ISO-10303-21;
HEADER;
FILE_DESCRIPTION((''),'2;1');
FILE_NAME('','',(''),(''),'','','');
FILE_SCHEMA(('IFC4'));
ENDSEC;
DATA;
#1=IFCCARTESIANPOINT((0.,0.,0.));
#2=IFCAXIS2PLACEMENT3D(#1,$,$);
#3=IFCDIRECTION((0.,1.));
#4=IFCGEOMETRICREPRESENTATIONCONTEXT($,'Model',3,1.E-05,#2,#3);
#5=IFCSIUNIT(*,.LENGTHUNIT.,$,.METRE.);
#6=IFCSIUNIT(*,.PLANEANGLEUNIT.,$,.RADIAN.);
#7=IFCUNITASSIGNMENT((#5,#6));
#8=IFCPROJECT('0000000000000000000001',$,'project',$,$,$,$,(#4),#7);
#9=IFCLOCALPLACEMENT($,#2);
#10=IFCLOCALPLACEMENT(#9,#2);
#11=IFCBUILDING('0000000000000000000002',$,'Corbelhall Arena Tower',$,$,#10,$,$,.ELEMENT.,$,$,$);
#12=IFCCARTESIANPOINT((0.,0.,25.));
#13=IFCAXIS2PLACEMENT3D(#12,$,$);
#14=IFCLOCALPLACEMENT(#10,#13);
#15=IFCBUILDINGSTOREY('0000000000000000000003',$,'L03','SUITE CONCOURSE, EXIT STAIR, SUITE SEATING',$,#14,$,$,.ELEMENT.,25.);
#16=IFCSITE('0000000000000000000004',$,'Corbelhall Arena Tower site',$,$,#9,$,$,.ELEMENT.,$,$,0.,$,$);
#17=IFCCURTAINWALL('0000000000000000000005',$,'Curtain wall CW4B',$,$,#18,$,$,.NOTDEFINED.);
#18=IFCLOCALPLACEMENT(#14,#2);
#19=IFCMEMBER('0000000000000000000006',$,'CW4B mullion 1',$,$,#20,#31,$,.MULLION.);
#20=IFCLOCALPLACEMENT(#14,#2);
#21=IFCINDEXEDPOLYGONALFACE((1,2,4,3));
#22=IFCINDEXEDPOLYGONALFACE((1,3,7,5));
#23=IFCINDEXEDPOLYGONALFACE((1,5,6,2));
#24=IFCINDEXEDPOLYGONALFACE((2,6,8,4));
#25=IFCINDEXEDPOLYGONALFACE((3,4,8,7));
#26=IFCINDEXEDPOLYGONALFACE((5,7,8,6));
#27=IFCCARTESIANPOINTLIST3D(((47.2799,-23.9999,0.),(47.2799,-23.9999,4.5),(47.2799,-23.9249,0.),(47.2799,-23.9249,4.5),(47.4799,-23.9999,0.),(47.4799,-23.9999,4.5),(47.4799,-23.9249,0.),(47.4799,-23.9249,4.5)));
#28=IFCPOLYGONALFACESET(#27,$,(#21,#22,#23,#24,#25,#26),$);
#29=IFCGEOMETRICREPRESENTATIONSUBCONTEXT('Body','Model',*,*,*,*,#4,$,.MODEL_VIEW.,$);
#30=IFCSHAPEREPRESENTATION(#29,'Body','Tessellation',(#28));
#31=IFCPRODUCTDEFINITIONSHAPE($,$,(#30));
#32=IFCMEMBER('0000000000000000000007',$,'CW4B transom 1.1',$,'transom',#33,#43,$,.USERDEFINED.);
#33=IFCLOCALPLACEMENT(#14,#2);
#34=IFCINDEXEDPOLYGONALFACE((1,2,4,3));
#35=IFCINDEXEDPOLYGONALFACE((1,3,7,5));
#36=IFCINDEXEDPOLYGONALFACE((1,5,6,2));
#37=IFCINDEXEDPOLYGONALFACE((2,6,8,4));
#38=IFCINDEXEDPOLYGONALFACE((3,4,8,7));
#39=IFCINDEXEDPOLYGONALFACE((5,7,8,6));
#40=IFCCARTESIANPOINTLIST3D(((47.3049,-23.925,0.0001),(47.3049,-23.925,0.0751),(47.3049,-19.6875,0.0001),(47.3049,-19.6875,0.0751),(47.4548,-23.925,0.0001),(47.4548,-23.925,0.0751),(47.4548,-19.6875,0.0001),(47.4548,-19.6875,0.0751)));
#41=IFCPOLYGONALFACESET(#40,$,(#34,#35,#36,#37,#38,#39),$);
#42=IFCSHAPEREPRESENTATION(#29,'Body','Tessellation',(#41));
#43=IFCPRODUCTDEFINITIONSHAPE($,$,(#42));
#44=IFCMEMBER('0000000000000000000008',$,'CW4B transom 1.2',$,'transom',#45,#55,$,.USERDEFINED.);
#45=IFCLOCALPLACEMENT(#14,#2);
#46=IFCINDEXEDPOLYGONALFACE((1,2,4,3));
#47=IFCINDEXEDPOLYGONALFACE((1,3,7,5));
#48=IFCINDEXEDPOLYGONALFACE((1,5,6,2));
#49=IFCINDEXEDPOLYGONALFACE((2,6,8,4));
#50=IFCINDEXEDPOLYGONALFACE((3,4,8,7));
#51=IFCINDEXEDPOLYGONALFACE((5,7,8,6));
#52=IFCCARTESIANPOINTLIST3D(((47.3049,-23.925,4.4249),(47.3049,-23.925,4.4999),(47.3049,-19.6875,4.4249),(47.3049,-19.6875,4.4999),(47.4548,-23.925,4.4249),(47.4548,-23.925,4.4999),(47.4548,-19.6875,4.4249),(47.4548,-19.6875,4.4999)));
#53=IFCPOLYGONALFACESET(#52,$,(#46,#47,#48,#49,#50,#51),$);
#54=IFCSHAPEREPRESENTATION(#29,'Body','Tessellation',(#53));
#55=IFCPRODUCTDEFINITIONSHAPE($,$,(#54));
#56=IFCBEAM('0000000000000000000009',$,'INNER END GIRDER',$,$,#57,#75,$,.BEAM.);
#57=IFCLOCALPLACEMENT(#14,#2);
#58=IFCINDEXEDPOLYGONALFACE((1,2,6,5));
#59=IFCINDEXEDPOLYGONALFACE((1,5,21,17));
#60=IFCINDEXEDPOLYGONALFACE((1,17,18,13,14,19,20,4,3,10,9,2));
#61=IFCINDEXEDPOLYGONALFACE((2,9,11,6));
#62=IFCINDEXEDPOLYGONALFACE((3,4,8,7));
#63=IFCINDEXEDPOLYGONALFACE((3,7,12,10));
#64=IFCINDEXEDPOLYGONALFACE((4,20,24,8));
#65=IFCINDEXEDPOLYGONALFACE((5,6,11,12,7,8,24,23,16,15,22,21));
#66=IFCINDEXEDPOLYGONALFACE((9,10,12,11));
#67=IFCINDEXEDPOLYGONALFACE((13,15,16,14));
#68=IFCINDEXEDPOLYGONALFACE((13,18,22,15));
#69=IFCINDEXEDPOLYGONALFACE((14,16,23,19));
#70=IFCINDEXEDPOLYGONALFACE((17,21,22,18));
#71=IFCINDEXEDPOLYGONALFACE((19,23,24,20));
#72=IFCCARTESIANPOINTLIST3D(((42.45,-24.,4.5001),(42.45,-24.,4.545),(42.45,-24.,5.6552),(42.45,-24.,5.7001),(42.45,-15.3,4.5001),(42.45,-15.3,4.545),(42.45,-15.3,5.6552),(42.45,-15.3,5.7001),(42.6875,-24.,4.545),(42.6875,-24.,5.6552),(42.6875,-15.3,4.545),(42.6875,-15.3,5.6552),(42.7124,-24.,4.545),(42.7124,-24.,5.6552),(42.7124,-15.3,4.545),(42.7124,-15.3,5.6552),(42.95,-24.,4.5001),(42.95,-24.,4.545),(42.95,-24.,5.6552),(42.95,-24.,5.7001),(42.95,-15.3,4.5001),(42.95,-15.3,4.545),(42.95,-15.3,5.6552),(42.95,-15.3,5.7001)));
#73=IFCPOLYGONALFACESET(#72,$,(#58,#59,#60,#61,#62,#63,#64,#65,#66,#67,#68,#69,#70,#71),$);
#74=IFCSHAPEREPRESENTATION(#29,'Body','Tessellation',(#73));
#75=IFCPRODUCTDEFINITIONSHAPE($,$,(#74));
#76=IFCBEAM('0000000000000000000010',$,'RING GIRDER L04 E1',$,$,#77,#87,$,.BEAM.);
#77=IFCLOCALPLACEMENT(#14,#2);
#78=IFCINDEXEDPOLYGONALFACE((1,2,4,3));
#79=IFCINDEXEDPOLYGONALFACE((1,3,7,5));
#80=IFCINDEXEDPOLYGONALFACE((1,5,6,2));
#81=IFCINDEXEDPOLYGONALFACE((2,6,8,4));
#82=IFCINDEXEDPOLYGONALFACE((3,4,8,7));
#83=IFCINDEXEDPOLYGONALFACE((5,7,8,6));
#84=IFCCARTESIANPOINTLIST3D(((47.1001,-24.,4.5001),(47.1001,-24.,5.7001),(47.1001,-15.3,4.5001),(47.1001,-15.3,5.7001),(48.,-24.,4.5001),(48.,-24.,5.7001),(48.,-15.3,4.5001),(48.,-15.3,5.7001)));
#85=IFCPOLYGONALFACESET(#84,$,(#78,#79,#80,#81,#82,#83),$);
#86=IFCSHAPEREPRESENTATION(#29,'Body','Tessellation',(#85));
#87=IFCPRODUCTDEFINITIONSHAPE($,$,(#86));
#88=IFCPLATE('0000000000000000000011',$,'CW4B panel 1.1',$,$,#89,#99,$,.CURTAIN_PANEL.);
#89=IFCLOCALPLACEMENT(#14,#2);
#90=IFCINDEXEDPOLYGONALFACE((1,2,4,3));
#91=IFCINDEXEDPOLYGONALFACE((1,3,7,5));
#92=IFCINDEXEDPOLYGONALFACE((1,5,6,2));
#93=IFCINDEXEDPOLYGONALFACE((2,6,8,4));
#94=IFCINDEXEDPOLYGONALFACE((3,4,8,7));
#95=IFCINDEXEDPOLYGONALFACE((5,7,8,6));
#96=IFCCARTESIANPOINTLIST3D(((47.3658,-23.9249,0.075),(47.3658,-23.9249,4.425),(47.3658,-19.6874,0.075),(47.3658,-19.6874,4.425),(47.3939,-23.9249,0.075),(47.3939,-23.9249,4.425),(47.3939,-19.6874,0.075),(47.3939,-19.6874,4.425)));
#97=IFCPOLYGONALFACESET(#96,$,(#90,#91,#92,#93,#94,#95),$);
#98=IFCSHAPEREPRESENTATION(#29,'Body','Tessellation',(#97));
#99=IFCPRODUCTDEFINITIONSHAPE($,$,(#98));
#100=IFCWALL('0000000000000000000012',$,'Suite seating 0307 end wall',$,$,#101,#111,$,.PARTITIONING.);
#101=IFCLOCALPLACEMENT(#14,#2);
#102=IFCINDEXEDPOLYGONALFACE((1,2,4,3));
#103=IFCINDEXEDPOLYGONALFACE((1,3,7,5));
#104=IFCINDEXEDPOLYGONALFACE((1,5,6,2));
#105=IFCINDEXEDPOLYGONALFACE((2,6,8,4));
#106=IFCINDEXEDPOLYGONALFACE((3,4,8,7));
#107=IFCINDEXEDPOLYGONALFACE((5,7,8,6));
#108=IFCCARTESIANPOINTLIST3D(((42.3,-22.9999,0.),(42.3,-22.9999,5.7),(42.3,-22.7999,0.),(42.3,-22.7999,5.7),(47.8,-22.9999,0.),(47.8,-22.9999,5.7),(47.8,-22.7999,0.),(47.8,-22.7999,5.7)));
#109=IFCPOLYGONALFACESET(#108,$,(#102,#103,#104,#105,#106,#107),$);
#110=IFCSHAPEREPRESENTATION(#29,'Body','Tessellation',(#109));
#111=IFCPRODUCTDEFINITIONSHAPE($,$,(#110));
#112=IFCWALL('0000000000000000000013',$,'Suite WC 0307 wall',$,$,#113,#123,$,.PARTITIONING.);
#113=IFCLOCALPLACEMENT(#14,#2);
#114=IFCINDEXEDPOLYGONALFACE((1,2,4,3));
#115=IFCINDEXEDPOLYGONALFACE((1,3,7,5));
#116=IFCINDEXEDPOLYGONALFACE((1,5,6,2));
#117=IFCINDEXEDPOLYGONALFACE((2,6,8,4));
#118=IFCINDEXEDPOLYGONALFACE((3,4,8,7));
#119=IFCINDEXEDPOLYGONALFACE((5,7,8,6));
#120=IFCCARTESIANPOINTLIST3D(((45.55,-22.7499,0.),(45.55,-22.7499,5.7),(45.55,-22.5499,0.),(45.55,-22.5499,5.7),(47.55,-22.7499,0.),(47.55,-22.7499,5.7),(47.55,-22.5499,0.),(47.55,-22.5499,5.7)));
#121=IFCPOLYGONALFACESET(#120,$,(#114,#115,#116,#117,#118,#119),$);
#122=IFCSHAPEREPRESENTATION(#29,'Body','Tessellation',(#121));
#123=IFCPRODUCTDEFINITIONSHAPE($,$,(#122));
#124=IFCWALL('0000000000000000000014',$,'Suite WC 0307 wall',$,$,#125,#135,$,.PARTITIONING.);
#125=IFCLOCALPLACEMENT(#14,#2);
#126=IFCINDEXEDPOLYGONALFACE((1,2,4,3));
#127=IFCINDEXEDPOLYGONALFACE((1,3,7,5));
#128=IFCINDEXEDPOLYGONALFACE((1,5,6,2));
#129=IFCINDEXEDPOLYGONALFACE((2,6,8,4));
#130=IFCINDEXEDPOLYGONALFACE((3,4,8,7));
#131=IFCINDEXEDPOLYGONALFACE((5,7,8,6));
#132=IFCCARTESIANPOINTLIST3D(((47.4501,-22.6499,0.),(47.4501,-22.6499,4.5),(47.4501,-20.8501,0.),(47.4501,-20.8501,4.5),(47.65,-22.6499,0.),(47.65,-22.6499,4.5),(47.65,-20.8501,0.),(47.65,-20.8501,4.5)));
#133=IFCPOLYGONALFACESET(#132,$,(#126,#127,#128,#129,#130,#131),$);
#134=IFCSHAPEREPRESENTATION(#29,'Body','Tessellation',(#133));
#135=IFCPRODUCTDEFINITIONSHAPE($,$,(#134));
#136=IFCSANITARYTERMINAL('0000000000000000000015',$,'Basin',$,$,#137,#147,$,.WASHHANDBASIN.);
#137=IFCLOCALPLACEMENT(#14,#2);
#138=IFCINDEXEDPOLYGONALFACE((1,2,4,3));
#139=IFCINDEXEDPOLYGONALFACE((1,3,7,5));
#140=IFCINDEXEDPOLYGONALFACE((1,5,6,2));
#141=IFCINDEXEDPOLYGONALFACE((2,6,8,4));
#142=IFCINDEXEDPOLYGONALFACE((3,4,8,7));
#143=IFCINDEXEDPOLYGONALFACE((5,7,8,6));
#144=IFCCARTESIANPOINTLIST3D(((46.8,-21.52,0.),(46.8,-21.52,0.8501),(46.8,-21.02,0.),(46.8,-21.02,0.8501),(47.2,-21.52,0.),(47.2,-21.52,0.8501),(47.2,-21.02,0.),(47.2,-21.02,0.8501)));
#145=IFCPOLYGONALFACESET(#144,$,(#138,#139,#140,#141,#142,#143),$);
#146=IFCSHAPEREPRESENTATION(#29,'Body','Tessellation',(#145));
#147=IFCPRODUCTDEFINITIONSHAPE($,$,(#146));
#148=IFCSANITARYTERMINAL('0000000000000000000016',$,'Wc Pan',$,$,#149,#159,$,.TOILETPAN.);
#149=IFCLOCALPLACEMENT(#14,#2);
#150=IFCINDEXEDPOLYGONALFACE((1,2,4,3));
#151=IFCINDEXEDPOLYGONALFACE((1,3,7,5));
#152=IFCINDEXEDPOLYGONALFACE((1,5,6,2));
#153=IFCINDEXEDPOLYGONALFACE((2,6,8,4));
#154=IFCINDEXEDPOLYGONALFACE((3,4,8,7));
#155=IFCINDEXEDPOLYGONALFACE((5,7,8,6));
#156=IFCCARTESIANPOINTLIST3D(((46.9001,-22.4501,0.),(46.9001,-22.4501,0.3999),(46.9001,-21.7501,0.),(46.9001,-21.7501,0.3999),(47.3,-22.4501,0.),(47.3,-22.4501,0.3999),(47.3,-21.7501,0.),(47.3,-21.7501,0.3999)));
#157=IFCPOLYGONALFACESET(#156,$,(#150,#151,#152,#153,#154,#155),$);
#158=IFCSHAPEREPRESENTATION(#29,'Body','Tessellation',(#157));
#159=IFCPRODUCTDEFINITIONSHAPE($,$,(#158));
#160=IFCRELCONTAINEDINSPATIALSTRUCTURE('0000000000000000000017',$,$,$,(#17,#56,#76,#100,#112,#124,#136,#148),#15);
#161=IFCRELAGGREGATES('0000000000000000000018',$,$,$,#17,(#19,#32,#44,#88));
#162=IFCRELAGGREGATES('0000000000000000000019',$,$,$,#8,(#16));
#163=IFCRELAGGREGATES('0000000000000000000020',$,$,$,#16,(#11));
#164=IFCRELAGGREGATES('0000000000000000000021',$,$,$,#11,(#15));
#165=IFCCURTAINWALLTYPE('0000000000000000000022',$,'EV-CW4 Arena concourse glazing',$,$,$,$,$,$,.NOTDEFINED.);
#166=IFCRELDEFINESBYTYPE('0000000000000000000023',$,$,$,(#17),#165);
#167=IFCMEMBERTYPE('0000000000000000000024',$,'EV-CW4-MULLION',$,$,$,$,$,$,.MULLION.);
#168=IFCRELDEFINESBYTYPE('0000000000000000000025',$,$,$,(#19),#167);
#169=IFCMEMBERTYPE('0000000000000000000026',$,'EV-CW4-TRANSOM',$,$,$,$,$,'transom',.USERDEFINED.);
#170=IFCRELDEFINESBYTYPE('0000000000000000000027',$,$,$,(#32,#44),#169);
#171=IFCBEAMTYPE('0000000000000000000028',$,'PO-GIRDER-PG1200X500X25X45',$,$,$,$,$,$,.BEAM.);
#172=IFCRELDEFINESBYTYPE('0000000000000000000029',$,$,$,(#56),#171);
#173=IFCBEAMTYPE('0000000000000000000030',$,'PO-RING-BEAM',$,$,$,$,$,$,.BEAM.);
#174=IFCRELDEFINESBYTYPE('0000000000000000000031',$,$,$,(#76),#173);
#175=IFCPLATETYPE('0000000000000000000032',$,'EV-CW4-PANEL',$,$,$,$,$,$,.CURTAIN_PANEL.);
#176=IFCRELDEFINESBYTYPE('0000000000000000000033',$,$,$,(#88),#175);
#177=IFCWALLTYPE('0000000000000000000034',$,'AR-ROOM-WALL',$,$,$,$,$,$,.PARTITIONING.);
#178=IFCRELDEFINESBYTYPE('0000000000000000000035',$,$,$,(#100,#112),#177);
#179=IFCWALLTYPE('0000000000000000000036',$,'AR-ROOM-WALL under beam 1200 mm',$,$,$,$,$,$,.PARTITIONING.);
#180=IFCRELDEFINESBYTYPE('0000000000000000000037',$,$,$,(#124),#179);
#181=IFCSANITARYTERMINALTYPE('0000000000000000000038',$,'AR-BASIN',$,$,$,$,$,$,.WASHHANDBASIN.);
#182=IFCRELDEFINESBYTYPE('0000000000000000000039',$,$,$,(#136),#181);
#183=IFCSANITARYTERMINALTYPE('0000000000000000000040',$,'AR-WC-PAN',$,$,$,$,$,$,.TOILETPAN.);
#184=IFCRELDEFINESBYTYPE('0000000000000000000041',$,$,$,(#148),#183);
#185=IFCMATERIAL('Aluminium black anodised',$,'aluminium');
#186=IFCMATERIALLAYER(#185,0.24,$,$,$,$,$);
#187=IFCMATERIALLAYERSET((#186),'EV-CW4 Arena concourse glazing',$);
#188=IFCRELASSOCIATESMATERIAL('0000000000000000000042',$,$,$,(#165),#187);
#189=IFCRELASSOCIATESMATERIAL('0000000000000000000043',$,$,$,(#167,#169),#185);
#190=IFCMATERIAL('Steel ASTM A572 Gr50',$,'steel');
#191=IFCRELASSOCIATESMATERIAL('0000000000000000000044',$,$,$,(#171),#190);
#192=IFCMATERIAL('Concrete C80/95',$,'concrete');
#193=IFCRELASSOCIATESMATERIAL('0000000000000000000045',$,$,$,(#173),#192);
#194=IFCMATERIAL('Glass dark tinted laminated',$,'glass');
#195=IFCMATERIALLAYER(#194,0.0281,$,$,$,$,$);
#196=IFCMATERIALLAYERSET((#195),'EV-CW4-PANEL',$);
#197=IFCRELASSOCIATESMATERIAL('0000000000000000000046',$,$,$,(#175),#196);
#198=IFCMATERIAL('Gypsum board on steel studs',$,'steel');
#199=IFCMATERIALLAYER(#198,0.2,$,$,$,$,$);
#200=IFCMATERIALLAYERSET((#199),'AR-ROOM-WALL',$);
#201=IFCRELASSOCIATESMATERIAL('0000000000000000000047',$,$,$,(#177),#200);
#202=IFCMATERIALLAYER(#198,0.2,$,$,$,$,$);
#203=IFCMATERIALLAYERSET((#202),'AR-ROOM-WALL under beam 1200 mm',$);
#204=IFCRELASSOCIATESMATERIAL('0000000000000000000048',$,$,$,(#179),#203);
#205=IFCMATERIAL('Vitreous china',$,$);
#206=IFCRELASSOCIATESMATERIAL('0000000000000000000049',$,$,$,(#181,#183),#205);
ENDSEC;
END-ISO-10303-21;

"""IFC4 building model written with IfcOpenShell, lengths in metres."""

from ifc_helpers import new_model, si_unit, direction, frame, frame_2d, origin, origin_2d, place, context, subcontext, project, spatial, rectangle, i_section, extrude, material, layer, layer_set, material_profile, profile_set, type_object, element, aggregate, save


model = new_model("IFC4")

# Units and contexts
model_context = context("Model", 3, precision=1e-05, world=origin(), true_north=direction((0.0, 1.0)))
body_context = subcontext(model_context, "Body", "Model", "MODEL_VIEW")
ifc_project = project(units=[si_unit("LENGTHUNIT", "METRE"), si_unit("PLANEANGLEUNIT", "RADIAN")], contexts=[model_context])

# Site, building, storey
site_placement = place(None, origin())
site = spatial("IfcSite", under=ifc_project, at=site_placement, Name="Corbelhall Arena Tower site", CompositionType="ELEMENT", RefElevation=0.0)
building_placement = place(site_placement, origin())
building = spatial("IfcBuilding", under=site, at=building_placement, Name="Corbelhall Arena Tower", CompositionType="ELEMENT")
storey_placement = place(building_placement, frame((0.0, 0.0, 25.0)))
storey = spatial("IfcBuildingStorey", under=building, at=storey_placement, Name="L03", Description="SUITE CONCOURSE, EXIT STAIR, SUITE SEATING", CompositionType="ELEMENT", Elevation=25.0)

# Curtain wall, members
ifc_material_1 = material(Name="Aluminium black anodised", Category="aluminium")
ifc_layer_1 = layer(ifc_material_1, 0.24)
ifc_layer_set_1 = layer_set([ifc_layer_1], Name="EV-CW4 Arena concourse glazing")
curtain_wall_type = type_object("IfcCurtainWallType", Name="EV-CW4 Arena concourse glazing", PredefinedType="NOTDEFINED", material=ifc_layer_set_1)
curtain_wall_placement = place(storey_placement, origin())
curtain_wall = element("IfcCurtainWall", 1, at=curtain_wall_placement, inside=storey, type_object=curtain_wall_type, Name="Curtain wall CW4B", PredefinedType="NOTDEFINED")
ifc_material_profile_1 = material_profile(ifc_material_1, rectangle(XDim=0.2, YDim=0.075, at=origin_2d()))
ifc_profile_set_1 = profile_set([ifc_material_profile_1], Name="Aluminium black anodised")
member_type_1 = type_object("IfcMemberType", Name="EV-CW4-MULLION", PredefinedType="MULLION", material=ifc_profile_set_1)
member_1_placement = place(storey_placement, frame((47.3799, -23.9624, 0.0), z_axis=(0.0, 0.0, 1.0), x_axis=(-1.0, 0.0, 0.0)))
member_1 = element("IfcMember", 2, at=member_1_placement, type_object=member_type_1, Name="CW4B mullion 1", PredefinedType="MULLION", context=body_context, shape_type="SweptSolid", body=[
    extrude(rectangle(XDim=0.2, YDim=0.075, at=origin_2d()), origin(), (0.0, 0.0, 1.0), 4.5),
])
ifc_material_profile_2 = material_profile(ifc_material_1, rectangle(XDim=0.1499, YDim=0.075, at=origin_2d()))
ifc_profile_set_2 = profile_set([ifc_material_profile_2], Name="Aluminium black anodised")
member_type_2 = type_object("IfcMemberType", Name="EV-CW4-TRANSOM", ElementType="transom", PredefinedType="USERDEFINED", material=ifc_profile_set_2)
member_2_placement = place(storey_placement, frame((47.3799, -23.925, 0.0376), z_axis=(0.0, 1.0, 0.0), x_axis=(-1.0, 0.0, 0.0)))
member_2 = element("IfcMember", 3, at=member_2_placement, type_object=member_type_2, Name="CW4B transom 1.1", ObjectType="transom", PredefinedType="USERDEFINED", context=body_context, shape_type="SweptSolid", body=[
    extrude(rectangle(XDim=0.1499, YDim=0.075, at=origin_2d()), origin(), (0.0, 0.0, 1.0), 4.2375),
])
member_3_placement = place(storey_placement, frame((47.3799, -23.925, 4.4624), z_axis=(0.0, 1.0, 0.0), x_axis=(-1.0, 0.0, 0.0)))
member_3 = element("IfcMember", 4, at=member_3_placement, type_object=member_type_2, Name="CW4B transom 1.2", ObjectType="transom", PredefinedType="USERDEFINED", context=body_context, shape_type="SweptSolid", body=[
    extrude(rectangle(XDim=0.1499, YDim=0.075, at=origin_2d()), origin(), (0.0, 0.0, 1.0), 4.2375),
])

# Beams
ifc_material_2 = material(Name="Steel ASTM A572 Gr50", Category="steel")
ifc_material_profile_3 = material_profile(ifc_material_2, i_section(OverallWidth=0.5, OverallDepth=1.2, WebThickness=0.0249, FlangeThickness=0.0449, at=origin_2d()))
ifc_profile_set_3 = profile_set([ifc_material_profile_3], Name="Steel ASTM A572 Gr50")
beam_type_1 = type_object("IfcBeamType", Name="PO-GIRDER-PG1200X500X25X45", PredefinedType="BEAM", material=ifc_profile_set_3)
beam_1_placement = place(storey_placement, frame((42.7, -24.0, 5.1001), z_axis=(0.0, 1.0, 0.0), x_axis=(-1.0, 0.0, 0.0)))
element("IfcBeam", 5, at=beam_1_placement, inside=storey, type_object=beam_type_1, Name="INNER END GIRDER", PredefinedType="BEAM", context=body_context, shape_type="SweptSolid", body=[
    extrude(i_section(OverallWidth=0.5, OverallDepth=1.2, WebThickness=0.0249, FlangeThickness=0.0449, at=origin_2d()), origin(), (0.0, 0.0, 1.0), 8.7),
])
ifc_material_3 = material(Name="Concrete C80/95", Category="concrete")
ifc_material_profile_4 = material_profile(ifc_material_3, rectangle(XDim=0.8999, YDim=1.2, at=origin_2d()))
ifc_profile_set_4 = profile_set([ifc_material_profile_4], Name="Concrete C80/95")
beam_type_2 = type_object("IfcBeamType", Name="PO-RING-BEAM", PredefinedType="BEAM", material=ifc_profile_set_4)
beam_2_placement = place(storey_placement, frame((47.55, -24.0, 5.1001), z_axis=(0.0, 1.0, 0.0), x_axis=(-1.0, 0.0, 0.0)))
element("IfcBeam", 6, at=beam_2_placement, inside=storey, type_object=beam_type_2, Name="RING GIRDER L04 E1", PredefinedType="BEAM", context=body_context, shape_type="SweptSolid", body=[
    extrude(rectangle(XDim=0.8999, YDim=1.2, at=origin_2d()), origin(), (0.0, 0.0, 1.0), 8.7),
])

# Plate
ifc_material_4 = material(Name="Glass dark tinted laminated", Category="glass")
ifc_layer_2 = layer(ifc_material_4, 0.0281)
ifc_layer_set_2 = layer_set([ifc_layer_2], Name="EV-CW4-PANEL")
plate_type = type_object("IfcPlateType", Name="EV-CW4-PANEL", PredefinedType="CURTAIN_PANEL", material=ifc_layer_set_2)
plate_placement = place(storey_placement, frame((47.3799, -21.8062, 0.075), z_axis=(0.0, 0.0, 1.0), x_axis=(0.0, 1.0, 0.0)))
plate = element("IfcPlate", 7, at=plate_placement, type_object=plate_type, Name="CW4B panel 1.1", PredefinedType="CURTAIN_PANEL", context=body_context, shape_type="SweptSolid", body=[
    extrude(rectangle(XDim=4.2375, YDim=0.0281, at=origin_2d()), origin(), (0.0, 0.0, 1.0), 4.3501),
])
aggregate(curtain_wall, [member_1, member_2, member_3, plate])

# Shared definitions
ifc_material_5 = material(Name="Gypsum board on steel studs", Category="steel")
ifc_layer_3 = layer(ifc_material_5, 0.2)
ifc_layer_set_3 = layer_set([ifc_layer_3], Name="AR-ROOM-WALL")
wall_type_1 = type_object("IfcWallType", Name="AR-ROOM-WALL", PredefinedType="PARTITIONING", material=ifc_layer_set_3)

# Walls
wall_1_placement = place(storey_placement, frame((42.3, -22.8999, 0.0), z_axis=(0.0, 0.0, 1.0), x_axis=(1.0, 0.0, 0.0)))
element("IfcWall", 8, at=wall_1_placement, inside=storey, type_object=wall_type_1, Name="Suite seating 0307 end wall", PredefinedType="PARTITIONING", context=body_context, shape_type="SweptSolid", body=[
    extrude(rectangle(XDim=5.5, YDim=0.2, at=frame_2d((2.75, 0.0))), origin(), (0.0, 0.0, 1.0), 5.7),
])
wall_2_placement = place(storey_placement, frame((45.55, -22.6499, 0.0), z_axis=(0.0, 0.0, 1.0), x_axis=(1.0, 0.0, 0.0)))
element("IfcWall", 9, at=wall_2_placement, inside=storey, type_object=wall_type_1, Name="Suite WC 0307 wall", PredefinedType="PARTITIONING", context=body_context, shape_type="SweptSolid", body=[
    extrude(rectangle(XDim=2.0, YDim=0.2, at=frame_2d((1.0, 0.0))), origin(), (0.0, 0.0, 1.0), 5.7),
])

# Wall
ifc_layer_4 = layer(ifc_material_5, 0.2)
ifc_layer_set_4 = layer_set([ifc_layer_4], Name="AR-ROOM-WALL under beam 1200 mm")
wall_type_2 = type_object("IfcWallType", Name="AR-ROOM-WALL under beam 1200 mm", PredefinedType="PARTITIONING", material=ifc_layer_set_4)
wall_3_placement = place(storey_placement, frame((47.55, -22.6499, 0.0), z_axis=(0.0, 0.0, 1.0), x_axis=(0.0, 1.0, 0.0)))
element("IfcWall", 10, at=wall_3_placement, inside=storey, type_object=wall_type_2, Name="Suite WC 0307 wall", PredefinedType="PARTITIONING", context=body_context, shape_type="SweptSolid", body=[
    extrude(rectangle(XDim=1.7998, YDim=0.2, at=frame_2d((0.8999, 0.0))), origin(), (0.0, 0.0, 1.0), 4.5),
])

# Sanitary terminals
ifc_material_6 = material(Name="Vitreous china")
sanitary_terminal_type_1 = type_object("IfcSanitaryTerminalType", Name="AR-BASIN", PredefinedType="WASHHANDBASIN", material=ifc_material_6)
sanitary_terminal_1_placement = place(storey_placement, frame((47.0, -21.27, 0.0), z_axis=(0.0, 0.0, 1.0), x_axis=(1.0, 0.0, 0.0)))
element("IfcSanitaryTerminal", 11, at=sanitary_terminal_1_placement, inside=storey, type_object=sanitary_terminal_type_1, Name="Basin", PredefinedType="WASHHANDBASIN", context=body_context, shape_type="SweptSolid", body=[
    extrude(rectangle(XDim=0.3999, YDim=0.5, at=origin_2d()), origin(), (0.0, 0.0, 1.0), 0.8501),
])
sanitary_terminal_type_2 = type_object("IfcSanitaryTerminalType", Name="AR-WC-PAN", PredefinedType="TOILETPAN", material=ifc_material_6)
sanitary_terminal_2_placement = place(storey_placement, frame((47.1001, -22.1001, 0.0), z_axis=(0.0, 0.0, 1.0), x_axis=(1.0, 0.0, 0.0)))
element("IfcSanitaryTerminal", 12, at=sanitary_terminal_2_placement, inside=storey, type_object=sanitary_terminal_type_2, Name="Wc Pan", PredefinedType="TOILETPAN", context=body_context, shape_type="SweptSolid", body=[
    extrude(rectangle(XDim=0.3999, YDim=0.7, at=origin_2d()), origin(), (0.0, 0.0, 1.0), 0.3999),
])

save(model, "model.ifc")
